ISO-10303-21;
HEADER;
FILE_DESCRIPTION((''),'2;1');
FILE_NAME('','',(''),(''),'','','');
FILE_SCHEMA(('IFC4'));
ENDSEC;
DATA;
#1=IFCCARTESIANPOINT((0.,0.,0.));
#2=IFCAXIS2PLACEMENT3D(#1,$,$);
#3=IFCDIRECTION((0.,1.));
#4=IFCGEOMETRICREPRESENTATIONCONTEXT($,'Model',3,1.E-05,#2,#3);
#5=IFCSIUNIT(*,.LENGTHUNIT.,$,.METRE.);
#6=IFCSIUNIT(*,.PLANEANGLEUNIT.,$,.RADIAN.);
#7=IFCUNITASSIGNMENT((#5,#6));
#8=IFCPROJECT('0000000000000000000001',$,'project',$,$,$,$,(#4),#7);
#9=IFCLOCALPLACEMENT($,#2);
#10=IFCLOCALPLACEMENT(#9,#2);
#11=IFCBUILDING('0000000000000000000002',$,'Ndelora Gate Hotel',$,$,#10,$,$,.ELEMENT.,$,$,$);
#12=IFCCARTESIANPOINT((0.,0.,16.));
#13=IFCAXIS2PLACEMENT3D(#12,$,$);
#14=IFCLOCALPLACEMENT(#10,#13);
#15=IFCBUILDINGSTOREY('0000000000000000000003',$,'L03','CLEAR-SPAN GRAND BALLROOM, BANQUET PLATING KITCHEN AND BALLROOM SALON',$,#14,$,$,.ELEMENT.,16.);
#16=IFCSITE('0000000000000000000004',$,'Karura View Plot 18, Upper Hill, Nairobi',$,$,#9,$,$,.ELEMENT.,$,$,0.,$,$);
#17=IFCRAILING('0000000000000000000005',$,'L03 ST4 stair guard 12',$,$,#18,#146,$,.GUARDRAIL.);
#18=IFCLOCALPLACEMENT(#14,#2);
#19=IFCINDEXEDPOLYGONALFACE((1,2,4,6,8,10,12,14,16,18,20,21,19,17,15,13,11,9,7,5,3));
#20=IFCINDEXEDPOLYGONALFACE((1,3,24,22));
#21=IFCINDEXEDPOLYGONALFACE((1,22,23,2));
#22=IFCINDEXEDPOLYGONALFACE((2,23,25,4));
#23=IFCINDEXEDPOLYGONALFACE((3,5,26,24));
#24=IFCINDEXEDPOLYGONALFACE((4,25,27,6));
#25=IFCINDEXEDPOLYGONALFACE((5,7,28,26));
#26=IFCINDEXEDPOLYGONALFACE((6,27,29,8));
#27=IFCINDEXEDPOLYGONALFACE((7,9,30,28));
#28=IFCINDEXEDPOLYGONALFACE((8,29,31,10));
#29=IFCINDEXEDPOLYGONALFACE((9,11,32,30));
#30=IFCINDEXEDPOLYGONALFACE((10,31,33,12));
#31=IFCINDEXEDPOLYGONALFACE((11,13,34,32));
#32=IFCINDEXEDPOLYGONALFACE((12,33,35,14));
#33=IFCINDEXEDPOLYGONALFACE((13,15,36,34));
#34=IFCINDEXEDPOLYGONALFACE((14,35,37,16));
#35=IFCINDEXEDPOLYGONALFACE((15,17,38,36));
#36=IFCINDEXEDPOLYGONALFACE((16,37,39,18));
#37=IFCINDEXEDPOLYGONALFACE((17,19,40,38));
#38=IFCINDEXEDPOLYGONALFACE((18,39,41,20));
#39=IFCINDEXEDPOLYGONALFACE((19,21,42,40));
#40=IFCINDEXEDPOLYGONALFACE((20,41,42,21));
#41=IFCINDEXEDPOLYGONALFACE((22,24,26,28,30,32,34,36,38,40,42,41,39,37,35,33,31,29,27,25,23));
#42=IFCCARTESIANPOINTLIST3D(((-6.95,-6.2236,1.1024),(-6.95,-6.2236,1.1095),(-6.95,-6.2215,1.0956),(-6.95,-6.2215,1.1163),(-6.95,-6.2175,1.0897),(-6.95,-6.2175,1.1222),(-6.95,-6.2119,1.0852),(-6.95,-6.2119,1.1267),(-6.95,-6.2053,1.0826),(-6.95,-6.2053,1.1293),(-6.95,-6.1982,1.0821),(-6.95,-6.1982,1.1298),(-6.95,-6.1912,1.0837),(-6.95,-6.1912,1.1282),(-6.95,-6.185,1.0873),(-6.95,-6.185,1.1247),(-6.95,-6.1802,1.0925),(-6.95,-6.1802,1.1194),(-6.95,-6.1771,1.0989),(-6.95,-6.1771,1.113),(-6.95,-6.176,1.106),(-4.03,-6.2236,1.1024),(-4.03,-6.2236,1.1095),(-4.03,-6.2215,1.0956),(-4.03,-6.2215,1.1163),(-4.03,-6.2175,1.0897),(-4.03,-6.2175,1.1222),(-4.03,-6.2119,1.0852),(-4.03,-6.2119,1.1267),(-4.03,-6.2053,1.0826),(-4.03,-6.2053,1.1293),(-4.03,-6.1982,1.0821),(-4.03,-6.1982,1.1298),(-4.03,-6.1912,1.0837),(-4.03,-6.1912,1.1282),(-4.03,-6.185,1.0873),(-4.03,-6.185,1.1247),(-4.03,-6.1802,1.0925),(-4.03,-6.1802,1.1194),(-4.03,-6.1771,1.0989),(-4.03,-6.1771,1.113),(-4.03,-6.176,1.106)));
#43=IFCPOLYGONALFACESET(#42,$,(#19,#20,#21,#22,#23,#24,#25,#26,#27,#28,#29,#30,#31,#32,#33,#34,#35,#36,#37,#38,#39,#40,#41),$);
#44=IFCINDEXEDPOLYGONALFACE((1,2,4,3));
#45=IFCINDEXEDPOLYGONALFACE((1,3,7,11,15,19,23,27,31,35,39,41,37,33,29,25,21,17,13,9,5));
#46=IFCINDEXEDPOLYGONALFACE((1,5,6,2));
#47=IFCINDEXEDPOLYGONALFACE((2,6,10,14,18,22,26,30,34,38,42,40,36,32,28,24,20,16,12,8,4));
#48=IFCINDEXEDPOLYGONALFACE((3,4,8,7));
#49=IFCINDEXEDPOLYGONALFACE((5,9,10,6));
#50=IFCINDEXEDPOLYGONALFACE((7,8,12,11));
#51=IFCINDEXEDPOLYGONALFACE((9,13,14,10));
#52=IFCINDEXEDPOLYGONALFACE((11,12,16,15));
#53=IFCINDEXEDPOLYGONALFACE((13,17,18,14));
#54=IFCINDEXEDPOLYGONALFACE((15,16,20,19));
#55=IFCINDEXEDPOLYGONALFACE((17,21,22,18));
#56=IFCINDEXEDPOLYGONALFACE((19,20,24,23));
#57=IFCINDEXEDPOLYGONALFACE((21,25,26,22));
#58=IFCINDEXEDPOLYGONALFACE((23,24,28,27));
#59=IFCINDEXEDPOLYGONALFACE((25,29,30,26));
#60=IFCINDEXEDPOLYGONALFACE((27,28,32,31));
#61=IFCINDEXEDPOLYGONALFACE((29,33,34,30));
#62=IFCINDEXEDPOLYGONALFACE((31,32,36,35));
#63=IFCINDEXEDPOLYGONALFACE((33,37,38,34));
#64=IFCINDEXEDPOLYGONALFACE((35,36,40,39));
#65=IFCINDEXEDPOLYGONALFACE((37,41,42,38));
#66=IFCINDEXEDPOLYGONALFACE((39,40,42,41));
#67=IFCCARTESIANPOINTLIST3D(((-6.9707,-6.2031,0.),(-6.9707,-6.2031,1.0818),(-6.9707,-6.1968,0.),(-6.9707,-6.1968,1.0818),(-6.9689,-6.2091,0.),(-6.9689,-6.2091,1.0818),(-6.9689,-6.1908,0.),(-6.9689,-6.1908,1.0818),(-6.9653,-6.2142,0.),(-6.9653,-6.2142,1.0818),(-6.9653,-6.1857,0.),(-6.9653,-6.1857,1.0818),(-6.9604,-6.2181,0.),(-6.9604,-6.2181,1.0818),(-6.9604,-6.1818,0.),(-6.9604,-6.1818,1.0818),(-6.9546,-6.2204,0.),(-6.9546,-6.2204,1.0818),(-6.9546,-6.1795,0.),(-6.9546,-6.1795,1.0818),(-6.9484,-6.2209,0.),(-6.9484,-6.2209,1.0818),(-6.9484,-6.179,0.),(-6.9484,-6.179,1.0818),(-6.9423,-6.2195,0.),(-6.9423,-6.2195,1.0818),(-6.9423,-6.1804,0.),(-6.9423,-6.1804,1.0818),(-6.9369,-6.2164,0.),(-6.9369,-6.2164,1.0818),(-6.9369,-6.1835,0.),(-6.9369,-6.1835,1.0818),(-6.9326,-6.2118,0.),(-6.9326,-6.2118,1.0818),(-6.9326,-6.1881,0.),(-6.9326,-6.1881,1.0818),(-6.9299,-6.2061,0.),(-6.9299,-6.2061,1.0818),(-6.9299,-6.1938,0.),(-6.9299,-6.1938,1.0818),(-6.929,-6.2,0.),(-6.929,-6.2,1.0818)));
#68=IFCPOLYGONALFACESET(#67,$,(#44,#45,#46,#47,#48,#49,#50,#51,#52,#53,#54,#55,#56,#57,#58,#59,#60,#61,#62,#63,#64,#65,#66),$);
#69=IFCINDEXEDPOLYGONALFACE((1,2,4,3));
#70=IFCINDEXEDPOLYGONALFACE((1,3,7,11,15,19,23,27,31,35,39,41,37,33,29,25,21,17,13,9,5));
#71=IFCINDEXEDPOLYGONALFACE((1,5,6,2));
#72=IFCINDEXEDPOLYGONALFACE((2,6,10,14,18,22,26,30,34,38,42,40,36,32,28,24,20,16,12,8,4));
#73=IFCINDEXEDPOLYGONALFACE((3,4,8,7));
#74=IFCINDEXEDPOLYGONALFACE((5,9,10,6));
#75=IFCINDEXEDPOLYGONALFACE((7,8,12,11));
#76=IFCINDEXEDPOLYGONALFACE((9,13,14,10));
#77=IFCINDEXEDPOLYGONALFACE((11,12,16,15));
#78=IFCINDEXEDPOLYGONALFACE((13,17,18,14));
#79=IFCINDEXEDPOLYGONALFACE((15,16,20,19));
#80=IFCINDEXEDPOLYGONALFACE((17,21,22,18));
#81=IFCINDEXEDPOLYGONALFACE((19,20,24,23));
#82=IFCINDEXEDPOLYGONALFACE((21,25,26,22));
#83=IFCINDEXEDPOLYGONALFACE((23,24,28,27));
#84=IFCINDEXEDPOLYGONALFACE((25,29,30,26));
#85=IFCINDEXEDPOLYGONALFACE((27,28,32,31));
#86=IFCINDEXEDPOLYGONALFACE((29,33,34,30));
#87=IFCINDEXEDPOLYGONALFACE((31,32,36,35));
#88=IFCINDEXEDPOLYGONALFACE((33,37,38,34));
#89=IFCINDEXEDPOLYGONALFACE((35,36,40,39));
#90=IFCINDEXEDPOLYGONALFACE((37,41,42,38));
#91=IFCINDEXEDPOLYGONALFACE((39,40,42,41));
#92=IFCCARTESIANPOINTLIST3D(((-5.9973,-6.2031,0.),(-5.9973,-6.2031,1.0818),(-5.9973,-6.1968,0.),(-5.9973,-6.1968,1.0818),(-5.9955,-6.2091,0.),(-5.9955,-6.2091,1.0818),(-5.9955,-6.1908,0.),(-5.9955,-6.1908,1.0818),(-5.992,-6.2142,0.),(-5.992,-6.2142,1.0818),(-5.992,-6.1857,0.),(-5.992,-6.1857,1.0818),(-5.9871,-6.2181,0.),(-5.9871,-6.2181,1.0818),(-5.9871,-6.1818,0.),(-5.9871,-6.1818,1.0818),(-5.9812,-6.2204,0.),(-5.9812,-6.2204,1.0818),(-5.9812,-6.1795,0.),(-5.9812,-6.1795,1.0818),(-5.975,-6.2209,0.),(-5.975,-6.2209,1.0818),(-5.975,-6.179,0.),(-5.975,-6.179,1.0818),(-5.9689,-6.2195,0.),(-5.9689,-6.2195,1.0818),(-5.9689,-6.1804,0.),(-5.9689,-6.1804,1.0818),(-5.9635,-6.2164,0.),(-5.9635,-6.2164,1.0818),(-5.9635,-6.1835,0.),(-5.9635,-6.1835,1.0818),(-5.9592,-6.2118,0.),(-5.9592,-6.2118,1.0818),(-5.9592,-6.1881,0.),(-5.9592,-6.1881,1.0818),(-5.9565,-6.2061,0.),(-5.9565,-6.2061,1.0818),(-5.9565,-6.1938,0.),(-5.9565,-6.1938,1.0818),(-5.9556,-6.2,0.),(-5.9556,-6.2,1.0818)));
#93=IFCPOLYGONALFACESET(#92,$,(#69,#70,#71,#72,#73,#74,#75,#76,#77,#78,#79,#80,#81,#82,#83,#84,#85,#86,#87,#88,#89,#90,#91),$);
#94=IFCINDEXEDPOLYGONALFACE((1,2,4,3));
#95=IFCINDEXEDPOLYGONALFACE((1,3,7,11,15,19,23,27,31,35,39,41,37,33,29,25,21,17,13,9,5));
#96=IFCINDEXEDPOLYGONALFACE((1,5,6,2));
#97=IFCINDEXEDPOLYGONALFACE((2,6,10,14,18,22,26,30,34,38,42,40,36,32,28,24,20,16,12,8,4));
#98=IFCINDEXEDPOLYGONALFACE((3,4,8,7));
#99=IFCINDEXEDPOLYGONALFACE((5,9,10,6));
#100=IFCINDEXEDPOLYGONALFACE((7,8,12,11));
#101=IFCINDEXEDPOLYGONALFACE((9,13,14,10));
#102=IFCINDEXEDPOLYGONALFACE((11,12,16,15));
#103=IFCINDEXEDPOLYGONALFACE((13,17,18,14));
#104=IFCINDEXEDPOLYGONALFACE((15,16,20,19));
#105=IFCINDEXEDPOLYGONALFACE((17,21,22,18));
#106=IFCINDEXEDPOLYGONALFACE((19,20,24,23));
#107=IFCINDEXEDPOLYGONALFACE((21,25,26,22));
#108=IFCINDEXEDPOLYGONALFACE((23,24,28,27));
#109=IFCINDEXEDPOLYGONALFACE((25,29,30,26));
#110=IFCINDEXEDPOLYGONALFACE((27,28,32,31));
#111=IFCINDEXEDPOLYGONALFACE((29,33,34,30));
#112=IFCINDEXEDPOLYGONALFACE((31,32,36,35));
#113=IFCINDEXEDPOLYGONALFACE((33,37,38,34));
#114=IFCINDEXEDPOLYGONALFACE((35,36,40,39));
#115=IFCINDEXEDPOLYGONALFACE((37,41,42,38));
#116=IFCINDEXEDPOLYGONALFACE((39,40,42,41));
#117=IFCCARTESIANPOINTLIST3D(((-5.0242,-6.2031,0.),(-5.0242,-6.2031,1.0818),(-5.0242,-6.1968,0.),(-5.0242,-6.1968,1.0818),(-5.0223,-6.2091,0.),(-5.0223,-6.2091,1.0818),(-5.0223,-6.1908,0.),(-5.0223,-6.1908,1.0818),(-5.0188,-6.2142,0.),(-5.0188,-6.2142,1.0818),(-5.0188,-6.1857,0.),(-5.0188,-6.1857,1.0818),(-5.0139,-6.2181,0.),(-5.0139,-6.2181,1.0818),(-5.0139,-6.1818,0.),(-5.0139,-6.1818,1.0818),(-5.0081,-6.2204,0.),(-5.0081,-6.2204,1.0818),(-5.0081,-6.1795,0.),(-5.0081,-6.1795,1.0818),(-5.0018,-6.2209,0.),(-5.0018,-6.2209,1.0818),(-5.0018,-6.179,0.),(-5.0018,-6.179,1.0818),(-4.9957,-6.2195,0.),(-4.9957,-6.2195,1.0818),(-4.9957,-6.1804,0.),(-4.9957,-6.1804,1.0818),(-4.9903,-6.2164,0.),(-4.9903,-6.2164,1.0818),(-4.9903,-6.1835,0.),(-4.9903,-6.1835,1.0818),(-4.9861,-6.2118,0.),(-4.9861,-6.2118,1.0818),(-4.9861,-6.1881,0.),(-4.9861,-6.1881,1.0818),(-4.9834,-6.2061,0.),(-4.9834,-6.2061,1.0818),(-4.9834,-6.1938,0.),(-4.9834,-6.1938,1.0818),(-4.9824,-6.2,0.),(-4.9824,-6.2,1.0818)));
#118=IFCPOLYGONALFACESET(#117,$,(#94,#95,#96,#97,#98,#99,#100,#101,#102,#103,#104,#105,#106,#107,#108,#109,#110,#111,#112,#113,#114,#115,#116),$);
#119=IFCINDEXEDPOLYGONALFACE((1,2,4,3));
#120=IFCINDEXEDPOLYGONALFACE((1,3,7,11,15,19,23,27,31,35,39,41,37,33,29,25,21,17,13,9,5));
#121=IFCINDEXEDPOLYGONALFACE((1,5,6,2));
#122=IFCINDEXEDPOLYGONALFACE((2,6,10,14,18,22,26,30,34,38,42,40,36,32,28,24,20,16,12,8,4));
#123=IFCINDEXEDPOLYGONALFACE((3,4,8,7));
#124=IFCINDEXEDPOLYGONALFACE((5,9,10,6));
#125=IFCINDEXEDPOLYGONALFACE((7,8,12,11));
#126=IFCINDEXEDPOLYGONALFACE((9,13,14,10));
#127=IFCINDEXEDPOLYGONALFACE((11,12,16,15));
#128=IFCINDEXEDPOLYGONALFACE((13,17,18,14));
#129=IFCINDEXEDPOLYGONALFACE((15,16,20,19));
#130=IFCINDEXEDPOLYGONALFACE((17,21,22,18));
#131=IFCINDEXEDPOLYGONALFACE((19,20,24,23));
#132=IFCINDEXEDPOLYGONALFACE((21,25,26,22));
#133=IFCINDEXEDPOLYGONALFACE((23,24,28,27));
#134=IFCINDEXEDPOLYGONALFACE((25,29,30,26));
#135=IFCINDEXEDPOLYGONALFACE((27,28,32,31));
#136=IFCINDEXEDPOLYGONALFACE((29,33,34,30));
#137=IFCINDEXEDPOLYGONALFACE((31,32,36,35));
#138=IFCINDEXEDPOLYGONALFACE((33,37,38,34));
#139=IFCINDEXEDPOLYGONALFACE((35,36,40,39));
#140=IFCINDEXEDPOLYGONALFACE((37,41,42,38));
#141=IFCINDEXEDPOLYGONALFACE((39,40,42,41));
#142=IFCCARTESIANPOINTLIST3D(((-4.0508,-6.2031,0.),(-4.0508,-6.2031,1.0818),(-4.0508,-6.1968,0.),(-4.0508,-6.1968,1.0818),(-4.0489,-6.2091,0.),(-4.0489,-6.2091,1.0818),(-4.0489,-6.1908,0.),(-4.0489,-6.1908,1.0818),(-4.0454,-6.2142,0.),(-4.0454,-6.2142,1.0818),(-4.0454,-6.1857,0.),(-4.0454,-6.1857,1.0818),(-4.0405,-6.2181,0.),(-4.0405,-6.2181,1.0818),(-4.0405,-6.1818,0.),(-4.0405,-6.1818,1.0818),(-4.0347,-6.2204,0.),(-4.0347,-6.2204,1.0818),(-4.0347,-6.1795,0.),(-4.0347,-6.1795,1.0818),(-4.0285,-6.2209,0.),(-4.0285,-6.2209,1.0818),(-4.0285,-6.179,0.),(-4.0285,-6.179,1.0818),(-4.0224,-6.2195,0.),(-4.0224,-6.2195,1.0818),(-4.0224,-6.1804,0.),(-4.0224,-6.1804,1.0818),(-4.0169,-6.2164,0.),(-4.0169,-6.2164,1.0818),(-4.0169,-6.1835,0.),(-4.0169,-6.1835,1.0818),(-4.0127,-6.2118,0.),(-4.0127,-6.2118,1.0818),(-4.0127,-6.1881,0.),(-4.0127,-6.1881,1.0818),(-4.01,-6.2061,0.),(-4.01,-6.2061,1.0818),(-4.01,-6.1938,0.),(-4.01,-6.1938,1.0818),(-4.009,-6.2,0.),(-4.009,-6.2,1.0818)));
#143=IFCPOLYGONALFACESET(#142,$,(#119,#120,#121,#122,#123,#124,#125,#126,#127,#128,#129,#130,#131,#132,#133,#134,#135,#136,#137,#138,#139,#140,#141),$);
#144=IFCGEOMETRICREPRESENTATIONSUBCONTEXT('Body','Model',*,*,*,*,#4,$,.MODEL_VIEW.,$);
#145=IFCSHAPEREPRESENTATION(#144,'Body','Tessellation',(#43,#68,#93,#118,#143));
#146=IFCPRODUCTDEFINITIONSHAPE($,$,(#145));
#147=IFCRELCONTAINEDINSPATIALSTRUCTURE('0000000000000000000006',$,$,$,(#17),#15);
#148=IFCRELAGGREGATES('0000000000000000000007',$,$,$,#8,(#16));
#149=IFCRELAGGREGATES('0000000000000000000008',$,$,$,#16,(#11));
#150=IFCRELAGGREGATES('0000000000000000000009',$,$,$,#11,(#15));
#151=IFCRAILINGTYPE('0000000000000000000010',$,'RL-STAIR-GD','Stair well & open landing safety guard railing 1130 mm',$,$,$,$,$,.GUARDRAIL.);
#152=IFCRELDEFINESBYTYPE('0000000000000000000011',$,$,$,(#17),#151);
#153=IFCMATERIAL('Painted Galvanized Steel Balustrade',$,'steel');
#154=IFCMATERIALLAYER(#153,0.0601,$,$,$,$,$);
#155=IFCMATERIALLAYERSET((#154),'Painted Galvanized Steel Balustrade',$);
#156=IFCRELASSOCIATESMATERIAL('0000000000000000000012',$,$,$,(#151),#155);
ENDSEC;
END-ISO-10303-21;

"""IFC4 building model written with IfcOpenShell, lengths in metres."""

from ifc_helpers import new_model, si_unit, direction, frame, origin, origin_2d, place, context, subcontext, project, spatial, circle, extrude, material, layer, layer_set, type_object, element, save


model = new_model("IFC4")

# Units and contexts
model_context = context("Model", 3, precision=1e-05, world=origin(), true_north=direction((0.0, 1.0)))
body_context = subcontext(model_context, "Body", "Model", "MODEL_VIEW")
ifc_project = project(units=[si_unit("LENGTHUNIT", "METRE"), si_unit("PLANEANGLEUNIT", "RADIAN")], contexts=[model_context])

# Site, building, storey
site_placement = place(None, origin())
site = spatial("IfcSite", under=ifc_project, at=site_placement, Name="Karura View Plot 18, Upper Hill, Nairobi", CompositionType="ELEMENT", RefElevation=0.0)
building_placement = place(site_placement, origin())
building = spatial("IfcBuilding", under=site, at=building_placement, Name="Ndelora Gate Hotel", CompositionType="ELEMENT")
storey_placement = place(building_placement, frame((0.0, 0.0, 16.0)))
storey = spatial("IfcBuildingStorey", under=building, at=storey_placement, Name="L03", Description="CLEAR-SPAN GRAND BALLROOM, BANQUET PLATING KITCHEN AND BALLROOM SALON", CompositionType="ELEMENT", Elevation=16.0)

# Railing
ifc_material_1 = material(Name="Painted Galvanized Steel Balustrade", Category="steel")
ifc_layer_1 = layer(ifc_material_1, 0.0601)
ifc_layer_set_1 = layer_set([ifc_layer_1], Name="Painted Galvanized Steel Balustrade")
railing_type = type_object("IfcRailingType", Name="RL-STAIR-GD", Description="Stair well & open landing safety guard railing 1130 mm", PredefinedType="GUARDRAIL", material=ifc_layer_set_1)
railing_1_placement = place(storey_placement, frame((-6.95, -6.2, 0.0)))
element("IfcRailing", 1, at=railing_1_placement, inside=storey, type_object=railing_type, Name="L03 ST4 stair guard 12", PredefinedType="GUARDRAIL", context=body_context, shape_type="SweptSolid", body=[
    extrude(circle(Radius=0.0239, at=origin_2d()), frame((0.0, 0.0, 1.106), z_axis=(1.0, 0.0, 0.0), x_axis=(0.0, 1.0, 0.0)), (0.0, 0.0, 1.0), 2.9199),
    extrude(circle(Radius=0.021, at=origin_2d()), origin(), (0.0, 0.0, 1.0), 1.0818),
    extrude(circle(Radius=0.021, at=origin_2d()), frame((0.9734, 0.0, 0.0)), (0.0, 0.0, 1.0), 1.0818),
    extrude(circle(Radius=0.021, at=origin_2d()), frame((1.9465, 0.0, 0.0)), (0.0, 0.0, 1.0), 1.0818),
    extrude(circle(Radius=0.021, at=origin_2d()), frame((2.9199, 0.0, 0.0)), (0.0, 0.0, 1.0), 1.0818),
])

save(model, "model.ifc")
